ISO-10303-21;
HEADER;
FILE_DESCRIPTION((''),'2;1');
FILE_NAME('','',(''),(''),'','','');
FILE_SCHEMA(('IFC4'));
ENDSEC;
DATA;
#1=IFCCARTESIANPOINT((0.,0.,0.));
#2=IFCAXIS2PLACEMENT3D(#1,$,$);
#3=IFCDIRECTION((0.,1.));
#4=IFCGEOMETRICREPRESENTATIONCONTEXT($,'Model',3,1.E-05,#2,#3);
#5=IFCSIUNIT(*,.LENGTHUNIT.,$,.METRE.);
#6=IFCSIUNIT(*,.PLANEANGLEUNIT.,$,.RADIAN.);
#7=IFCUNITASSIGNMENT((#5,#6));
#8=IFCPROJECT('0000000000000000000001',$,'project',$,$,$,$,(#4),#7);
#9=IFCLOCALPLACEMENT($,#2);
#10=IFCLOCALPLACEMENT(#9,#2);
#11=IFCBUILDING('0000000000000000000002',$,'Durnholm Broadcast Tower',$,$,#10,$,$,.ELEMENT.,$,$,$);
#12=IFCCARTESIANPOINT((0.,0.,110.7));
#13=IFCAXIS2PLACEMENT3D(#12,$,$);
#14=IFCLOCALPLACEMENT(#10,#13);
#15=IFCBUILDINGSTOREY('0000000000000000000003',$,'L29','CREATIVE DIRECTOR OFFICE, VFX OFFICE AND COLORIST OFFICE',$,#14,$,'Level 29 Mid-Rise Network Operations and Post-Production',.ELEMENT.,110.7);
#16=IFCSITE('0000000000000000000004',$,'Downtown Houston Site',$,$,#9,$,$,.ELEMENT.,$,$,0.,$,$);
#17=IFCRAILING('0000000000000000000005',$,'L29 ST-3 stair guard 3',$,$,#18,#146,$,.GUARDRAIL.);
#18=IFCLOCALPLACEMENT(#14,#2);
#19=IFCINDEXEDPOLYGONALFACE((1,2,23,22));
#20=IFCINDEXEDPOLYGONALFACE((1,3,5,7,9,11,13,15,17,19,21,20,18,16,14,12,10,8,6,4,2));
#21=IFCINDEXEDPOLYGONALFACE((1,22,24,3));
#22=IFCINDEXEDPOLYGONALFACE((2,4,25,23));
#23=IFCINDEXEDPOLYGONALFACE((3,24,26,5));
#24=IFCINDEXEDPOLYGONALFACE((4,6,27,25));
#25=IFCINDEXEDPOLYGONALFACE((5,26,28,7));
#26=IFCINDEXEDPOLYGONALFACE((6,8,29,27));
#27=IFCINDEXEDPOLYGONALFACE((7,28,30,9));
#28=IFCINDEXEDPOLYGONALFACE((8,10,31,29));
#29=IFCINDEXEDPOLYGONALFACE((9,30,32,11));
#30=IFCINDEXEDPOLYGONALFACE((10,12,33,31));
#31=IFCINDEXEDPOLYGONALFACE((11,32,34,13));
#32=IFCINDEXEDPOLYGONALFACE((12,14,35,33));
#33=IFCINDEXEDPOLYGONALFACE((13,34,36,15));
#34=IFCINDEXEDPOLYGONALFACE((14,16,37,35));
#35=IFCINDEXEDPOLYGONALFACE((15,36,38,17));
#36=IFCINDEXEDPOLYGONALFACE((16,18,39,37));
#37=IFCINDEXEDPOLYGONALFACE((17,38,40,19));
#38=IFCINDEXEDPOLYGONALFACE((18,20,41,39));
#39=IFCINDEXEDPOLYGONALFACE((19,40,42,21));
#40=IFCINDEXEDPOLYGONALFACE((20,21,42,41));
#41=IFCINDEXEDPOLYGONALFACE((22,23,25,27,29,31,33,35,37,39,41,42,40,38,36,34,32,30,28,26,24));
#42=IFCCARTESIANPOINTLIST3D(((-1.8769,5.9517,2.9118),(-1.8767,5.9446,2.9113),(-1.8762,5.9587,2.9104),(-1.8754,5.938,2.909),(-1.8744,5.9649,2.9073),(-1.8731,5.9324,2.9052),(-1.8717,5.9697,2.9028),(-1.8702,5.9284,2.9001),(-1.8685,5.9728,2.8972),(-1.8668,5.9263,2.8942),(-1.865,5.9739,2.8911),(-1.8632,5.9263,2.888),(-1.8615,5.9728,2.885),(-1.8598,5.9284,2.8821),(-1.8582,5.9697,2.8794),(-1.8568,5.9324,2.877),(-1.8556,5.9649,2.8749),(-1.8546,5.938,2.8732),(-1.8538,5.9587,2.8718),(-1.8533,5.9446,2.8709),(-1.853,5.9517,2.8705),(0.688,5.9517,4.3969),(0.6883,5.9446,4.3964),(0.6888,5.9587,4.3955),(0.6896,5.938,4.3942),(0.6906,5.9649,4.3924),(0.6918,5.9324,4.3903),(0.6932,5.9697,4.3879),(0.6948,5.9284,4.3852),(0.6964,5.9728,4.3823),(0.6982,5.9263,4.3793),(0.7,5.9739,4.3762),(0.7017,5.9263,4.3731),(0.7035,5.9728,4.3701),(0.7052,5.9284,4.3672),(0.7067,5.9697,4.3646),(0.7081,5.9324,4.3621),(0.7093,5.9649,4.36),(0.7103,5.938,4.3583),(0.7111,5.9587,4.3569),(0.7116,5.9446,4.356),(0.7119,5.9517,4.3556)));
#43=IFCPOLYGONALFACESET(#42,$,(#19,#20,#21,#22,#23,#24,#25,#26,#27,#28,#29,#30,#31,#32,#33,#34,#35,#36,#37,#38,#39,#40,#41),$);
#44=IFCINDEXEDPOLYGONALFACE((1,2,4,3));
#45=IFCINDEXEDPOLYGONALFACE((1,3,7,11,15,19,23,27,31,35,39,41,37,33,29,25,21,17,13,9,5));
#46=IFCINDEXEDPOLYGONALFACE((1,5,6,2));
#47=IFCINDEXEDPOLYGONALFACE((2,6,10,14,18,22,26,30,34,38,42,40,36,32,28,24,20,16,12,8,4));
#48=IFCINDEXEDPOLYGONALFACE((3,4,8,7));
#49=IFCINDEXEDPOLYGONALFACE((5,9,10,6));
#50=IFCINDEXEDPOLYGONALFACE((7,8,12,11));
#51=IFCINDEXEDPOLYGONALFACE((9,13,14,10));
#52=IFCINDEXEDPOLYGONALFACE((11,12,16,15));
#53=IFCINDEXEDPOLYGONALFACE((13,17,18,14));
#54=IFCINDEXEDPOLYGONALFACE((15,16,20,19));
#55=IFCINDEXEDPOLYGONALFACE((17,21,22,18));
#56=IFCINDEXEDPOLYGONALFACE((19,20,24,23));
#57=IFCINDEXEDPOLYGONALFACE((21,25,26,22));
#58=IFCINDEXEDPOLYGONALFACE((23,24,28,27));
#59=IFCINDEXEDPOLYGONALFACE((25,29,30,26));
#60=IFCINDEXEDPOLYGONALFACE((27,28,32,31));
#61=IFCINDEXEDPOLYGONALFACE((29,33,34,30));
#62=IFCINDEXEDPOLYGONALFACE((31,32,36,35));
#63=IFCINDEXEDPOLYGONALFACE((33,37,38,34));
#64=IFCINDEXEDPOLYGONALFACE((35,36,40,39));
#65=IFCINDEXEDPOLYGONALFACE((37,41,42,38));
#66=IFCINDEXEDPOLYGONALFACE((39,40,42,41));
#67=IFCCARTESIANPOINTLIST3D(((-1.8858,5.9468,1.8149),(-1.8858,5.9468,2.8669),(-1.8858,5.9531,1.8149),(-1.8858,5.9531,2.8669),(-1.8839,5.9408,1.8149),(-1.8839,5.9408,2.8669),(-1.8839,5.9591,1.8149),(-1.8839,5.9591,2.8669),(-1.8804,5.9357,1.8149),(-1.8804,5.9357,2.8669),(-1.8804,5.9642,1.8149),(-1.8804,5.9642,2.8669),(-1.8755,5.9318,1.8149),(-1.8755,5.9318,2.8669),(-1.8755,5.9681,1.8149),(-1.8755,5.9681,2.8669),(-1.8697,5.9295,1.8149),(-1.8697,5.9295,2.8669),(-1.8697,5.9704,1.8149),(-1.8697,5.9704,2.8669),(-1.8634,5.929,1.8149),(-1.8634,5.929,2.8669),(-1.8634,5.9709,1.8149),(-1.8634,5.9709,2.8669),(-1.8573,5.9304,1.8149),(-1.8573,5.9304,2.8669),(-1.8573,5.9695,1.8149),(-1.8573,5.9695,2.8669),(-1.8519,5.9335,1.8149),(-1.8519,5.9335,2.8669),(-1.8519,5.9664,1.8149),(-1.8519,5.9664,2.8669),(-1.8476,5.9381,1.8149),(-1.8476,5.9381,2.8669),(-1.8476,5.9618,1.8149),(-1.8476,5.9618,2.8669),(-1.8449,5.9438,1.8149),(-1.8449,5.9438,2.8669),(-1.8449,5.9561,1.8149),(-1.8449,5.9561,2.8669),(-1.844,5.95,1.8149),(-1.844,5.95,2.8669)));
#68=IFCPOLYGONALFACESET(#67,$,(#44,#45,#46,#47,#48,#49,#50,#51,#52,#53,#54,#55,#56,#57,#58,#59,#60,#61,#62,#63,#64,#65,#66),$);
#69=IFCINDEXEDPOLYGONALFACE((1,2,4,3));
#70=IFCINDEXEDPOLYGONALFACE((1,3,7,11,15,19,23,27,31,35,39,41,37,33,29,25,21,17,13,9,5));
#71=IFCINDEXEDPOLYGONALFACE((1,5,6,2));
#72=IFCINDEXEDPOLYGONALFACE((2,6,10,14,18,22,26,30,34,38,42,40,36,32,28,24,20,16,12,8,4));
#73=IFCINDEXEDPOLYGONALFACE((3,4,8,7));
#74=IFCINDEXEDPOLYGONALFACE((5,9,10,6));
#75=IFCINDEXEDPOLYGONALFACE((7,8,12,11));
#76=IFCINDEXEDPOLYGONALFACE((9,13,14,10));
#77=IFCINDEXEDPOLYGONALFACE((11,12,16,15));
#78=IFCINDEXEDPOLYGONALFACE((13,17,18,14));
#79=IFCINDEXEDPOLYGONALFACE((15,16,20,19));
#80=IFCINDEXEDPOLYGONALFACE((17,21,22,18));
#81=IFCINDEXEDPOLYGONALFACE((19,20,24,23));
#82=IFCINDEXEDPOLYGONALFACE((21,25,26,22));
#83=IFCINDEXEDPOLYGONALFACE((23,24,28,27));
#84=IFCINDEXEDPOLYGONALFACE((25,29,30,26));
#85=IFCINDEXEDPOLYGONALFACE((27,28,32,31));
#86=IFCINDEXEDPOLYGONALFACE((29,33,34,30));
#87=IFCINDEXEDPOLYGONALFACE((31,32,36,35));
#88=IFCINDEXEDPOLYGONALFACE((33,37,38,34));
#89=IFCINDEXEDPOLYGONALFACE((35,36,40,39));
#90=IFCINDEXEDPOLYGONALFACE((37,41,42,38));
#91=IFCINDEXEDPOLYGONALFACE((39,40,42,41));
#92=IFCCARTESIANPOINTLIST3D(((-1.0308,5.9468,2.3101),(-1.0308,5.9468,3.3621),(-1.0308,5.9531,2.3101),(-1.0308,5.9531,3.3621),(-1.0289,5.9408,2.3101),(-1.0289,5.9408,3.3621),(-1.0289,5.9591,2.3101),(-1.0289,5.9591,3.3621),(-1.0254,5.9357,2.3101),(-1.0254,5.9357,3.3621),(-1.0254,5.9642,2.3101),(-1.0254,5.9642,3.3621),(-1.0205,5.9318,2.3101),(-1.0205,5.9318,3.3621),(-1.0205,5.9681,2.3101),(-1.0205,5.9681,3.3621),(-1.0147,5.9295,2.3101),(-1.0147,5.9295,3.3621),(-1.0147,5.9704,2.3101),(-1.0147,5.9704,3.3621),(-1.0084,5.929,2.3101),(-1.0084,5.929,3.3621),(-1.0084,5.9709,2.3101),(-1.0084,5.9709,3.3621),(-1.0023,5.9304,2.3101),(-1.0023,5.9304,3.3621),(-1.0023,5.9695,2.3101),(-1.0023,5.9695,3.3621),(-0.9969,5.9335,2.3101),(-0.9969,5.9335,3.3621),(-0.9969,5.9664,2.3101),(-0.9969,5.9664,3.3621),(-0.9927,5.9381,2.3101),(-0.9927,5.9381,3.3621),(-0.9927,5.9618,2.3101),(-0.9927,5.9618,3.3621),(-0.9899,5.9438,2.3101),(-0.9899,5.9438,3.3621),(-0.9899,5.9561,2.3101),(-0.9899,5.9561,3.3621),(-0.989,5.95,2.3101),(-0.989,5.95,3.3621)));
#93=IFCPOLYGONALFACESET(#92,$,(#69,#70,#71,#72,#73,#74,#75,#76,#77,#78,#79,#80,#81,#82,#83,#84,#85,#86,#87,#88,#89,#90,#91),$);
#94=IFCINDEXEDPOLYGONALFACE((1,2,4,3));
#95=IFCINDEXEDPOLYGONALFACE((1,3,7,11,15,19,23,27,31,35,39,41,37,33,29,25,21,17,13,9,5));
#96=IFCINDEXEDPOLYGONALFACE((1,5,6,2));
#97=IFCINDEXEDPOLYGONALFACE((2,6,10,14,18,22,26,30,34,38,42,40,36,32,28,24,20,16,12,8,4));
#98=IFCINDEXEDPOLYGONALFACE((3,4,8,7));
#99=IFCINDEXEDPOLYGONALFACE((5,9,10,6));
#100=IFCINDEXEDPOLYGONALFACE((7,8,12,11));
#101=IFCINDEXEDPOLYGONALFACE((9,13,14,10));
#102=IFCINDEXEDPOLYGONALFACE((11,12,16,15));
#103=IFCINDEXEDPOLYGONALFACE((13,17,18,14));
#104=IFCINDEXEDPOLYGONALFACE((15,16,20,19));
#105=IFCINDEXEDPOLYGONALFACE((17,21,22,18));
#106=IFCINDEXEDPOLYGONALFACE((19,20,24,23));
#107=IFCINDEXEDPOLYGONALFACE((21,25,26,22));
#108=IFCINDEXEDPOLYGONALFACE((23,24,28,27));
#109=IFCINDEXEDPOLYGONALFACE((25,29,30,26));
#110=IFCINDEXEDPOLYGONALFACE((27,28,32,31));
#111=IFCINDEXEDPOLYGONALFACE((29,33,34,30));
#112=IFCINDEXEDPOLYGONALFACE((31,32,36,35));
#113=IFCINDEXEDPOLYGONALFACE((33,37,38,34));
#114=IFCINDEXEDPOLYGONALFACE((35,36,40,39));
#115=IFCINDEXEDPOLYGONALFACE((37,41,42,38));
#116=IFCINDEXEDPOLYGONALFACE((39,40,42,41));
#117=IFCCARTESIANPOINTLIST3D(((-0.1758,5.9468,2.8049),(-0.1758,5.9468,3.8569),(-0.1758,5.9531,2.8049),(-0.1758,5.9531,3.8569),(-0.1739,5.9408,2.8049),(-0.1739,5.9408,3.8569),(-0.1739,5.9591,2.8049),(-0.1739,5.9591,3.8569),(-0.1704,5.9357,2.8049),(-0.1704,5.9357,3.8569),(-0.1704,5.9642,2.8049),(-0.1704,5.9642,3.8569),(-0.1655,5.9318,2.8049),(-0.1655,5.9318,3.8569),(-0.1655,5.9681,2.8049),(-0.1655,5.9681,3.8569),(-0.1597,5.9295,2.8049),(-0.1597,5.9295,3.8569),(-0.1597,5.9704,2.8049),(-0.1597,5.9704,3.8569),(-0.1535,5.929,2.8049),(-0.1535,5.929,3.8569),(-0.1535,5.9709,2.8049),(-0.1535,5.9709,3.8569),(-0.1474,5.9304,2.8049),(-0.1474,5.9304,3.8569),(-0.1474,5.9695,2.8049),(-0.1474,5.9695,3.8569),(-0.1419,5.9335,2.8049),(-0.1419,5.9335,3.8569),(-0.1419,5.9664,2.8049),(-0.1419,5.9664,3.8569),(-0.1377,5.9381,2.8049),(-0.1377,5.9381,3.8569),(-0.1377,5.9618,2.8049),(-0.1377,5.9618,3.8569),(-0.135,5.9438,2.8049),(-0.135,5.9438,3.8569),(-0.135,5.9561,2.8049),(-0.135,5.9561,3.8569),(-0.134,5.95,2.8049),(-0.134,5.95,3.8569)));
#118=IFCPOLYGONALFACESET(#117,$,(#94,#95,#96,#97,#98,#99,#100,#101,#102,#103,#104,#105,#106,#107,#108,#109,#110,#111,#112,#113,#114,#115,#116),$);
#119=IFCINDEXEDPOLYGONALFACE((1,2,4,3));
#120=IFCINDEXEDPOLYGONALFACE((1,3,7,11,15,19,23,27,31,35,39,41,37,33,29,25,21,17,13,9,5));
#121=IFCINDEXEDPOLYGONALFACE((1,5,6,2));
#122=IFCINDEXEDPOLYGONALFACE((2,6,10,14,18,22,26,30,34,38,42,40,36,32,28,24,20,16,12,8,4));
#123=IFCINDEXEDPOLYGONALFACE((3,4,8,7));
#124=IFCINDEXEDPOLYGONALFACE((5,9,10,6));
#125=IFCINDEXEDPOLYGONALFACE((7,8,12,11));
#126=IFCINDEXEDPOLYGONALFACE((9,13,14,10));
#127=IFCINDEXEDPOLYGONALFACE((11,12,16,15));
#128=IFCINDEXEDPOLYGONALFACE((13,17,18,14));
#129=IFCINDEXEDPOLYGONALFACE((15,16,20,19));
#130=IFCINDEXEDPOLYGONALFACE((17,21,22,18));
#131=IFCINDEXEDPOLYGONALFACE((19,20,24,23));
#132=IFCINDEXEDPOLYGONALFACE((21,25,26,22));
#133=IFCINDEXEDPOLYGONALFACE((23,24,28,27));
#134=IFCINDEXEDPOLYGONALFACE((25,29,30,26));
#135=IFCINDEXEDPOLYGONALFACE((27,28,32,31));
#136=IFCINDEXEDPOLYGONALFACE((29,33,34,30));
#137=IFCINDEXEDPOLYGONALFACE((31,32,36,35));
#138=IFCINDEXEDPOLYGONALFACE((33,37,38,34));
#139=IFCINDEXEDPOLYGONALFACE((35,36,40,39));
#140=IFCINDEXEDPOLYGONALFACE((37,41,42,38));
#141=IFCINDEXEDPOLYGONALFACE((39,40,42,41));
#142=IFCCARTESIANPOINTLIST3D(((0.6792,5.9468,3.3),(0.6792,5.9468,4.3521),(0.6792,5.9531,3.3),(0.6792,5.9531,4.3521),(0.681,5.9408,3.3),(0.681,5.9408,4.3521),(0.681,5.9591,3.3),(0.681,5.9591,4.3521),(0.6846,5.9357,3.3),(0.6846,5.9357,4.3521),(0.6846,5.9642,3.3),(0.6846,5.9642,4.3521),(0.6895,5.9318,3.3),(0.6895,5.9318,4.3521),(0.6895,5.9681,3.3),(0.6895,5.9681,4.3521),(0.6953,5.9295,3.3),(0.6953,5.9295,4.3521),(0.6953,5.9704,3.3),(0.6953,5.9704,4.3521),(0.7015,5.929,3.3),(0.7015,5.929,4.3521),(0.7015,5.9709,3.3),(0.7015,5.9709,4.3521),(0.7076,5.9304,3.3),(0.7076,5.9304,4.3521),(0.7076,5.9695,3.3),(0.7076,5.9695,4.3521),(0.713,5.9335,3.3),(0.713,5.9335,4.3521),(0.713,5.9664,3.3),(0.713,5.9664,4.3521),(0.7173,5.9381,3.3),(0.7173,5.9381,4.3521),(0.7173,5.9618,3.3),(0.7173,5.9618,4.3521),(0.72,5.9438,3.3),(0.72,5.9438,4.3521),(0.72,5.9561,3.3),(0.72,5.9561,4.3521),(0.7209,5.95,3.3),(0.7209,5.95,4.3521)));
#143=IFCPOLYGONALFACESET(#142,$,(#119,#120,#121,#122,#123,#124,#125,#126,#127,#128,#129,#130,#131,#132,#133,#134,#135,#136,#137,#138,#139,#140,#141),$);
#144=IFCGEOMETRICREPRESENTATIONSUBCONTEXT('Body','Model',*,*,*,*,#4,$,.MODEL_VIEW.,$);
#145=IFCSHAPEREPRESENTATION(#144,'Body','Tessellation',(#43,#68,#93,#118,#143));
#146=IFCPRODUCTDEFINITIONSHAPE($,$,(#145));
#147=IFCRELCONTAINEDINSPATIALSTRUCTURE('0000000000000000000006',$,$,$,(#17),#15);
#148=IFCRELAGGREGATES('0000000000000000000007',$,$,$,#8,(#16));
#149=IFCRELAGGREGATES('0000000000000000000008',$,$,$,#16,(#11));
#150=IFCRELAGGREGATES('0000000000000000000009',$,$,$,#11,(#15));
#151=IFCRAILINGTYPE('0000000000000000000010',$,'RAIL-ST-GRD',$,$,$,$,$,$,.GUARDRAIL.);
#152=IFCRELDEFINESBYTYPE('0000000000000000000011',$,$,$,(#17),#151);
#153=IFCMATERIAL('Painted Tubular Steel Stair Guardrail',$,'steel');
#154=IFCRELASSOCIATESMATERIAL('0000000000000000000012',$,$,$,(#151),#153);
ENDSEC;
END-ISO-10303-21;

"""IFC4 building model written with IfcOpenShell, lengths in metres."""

from ifc_helpers import new_model, si_unit, direction, frame, origin, origin_2d, place, context, subcontext, project, spatial, circle, extrude, material, type_object, element, save


model = new_model("IFC4")

# Units and contexts
model_context = context("Model", 3, precision=1e-05, world=origin(), true_north=direction((0.0, 1.0)))
body_context = subcontext(model_context, "Body", "Model", "MODEL_VIEW")
ifc_project = project(units=[si_unit("LENGTHUNIT", "METRE"), si_unit("PLANEANGLEUNIT", "RADIAN")], contexts=[model_context])

# Site, building, storey
site_placement = place(None, origin())
site = spatial("IfcSite", under=ifc_project, at=site_placement, Name="Downtown Houston Site", CompositionType="ELEMENT", RefElevation=0.0)
building_placement = place(site_placement, origin())
building = spatial("IfcBuilding", under=site, at=building_placement, Name="Durnholm Broadcast Tower", CompositionType="ELEMENT")
storey_placement = place(building_placement, frame((0.0, 0.0, 110.7)))
storey = spatial("IfcBuildingStorey", under=building, at=storey_placement, Name="L29", Description="CREATIVE DIRECTOR OFFICE, VFX OFFICE AND COLORIST OFFICE", LongName="Level 29 Mid-Rise Network Operations and Post-Production", CompositionType="ELEMENT", Elevation=110.7)

# Railing
ifc_material_1 = material(Name="Painted Tubular Steel Stair Guardrail", Category="steel")
railing_type_1 = type_object("IfcRailingType", Name="RAIL-ST-GRD", PredefinedType="GUARDRAIL", material=ifc_material_1)
railing_1_placement = place(storey_placement, frame((-1.865, 5.95, 1.8149)))
element("IfcRailing", 1, at=railing_1_placement, inside=storey, type_object=railing_type_1, Name="L29 ST-3 stair guard 3", PredefinedType="GUARDRAIL", context=body_context, shape_type="SweptSolid", body=[
    extrude(circle(Radius=0.0239, at=origin_2d()), frame((0.0, 0.0, 1.0762), z_axis=(0.865406, 0.0, 0.501072), x_axis=(0.0, 1.0, 0.0)), (0.0, 0.0, 1.0), 2.9639),
    extrude(circle(Radius=0.021, at=origin_2d()), origin(), (0.0, 0.0, 1.0), 1.052),
    extrude(circle(Radius=0.021, at=origin_2d()), frame((0.855, 0.0, 0.4951)), (0.0, 0.0, 1.0), 1.052),
    extrude(circle(Radius=0.021, at=origin_2d()), frame((1.71, 0.0, 0.99)), (0.0, 0.0, 1.0), 1.052),
    extrude(circle(Radius=0.021, at=origin_2d()), frame((2.5649, 0.0, 1.4851)), (0.0, 0.0, 1.0), 1.052),
])

save(model, "model.ifc")
